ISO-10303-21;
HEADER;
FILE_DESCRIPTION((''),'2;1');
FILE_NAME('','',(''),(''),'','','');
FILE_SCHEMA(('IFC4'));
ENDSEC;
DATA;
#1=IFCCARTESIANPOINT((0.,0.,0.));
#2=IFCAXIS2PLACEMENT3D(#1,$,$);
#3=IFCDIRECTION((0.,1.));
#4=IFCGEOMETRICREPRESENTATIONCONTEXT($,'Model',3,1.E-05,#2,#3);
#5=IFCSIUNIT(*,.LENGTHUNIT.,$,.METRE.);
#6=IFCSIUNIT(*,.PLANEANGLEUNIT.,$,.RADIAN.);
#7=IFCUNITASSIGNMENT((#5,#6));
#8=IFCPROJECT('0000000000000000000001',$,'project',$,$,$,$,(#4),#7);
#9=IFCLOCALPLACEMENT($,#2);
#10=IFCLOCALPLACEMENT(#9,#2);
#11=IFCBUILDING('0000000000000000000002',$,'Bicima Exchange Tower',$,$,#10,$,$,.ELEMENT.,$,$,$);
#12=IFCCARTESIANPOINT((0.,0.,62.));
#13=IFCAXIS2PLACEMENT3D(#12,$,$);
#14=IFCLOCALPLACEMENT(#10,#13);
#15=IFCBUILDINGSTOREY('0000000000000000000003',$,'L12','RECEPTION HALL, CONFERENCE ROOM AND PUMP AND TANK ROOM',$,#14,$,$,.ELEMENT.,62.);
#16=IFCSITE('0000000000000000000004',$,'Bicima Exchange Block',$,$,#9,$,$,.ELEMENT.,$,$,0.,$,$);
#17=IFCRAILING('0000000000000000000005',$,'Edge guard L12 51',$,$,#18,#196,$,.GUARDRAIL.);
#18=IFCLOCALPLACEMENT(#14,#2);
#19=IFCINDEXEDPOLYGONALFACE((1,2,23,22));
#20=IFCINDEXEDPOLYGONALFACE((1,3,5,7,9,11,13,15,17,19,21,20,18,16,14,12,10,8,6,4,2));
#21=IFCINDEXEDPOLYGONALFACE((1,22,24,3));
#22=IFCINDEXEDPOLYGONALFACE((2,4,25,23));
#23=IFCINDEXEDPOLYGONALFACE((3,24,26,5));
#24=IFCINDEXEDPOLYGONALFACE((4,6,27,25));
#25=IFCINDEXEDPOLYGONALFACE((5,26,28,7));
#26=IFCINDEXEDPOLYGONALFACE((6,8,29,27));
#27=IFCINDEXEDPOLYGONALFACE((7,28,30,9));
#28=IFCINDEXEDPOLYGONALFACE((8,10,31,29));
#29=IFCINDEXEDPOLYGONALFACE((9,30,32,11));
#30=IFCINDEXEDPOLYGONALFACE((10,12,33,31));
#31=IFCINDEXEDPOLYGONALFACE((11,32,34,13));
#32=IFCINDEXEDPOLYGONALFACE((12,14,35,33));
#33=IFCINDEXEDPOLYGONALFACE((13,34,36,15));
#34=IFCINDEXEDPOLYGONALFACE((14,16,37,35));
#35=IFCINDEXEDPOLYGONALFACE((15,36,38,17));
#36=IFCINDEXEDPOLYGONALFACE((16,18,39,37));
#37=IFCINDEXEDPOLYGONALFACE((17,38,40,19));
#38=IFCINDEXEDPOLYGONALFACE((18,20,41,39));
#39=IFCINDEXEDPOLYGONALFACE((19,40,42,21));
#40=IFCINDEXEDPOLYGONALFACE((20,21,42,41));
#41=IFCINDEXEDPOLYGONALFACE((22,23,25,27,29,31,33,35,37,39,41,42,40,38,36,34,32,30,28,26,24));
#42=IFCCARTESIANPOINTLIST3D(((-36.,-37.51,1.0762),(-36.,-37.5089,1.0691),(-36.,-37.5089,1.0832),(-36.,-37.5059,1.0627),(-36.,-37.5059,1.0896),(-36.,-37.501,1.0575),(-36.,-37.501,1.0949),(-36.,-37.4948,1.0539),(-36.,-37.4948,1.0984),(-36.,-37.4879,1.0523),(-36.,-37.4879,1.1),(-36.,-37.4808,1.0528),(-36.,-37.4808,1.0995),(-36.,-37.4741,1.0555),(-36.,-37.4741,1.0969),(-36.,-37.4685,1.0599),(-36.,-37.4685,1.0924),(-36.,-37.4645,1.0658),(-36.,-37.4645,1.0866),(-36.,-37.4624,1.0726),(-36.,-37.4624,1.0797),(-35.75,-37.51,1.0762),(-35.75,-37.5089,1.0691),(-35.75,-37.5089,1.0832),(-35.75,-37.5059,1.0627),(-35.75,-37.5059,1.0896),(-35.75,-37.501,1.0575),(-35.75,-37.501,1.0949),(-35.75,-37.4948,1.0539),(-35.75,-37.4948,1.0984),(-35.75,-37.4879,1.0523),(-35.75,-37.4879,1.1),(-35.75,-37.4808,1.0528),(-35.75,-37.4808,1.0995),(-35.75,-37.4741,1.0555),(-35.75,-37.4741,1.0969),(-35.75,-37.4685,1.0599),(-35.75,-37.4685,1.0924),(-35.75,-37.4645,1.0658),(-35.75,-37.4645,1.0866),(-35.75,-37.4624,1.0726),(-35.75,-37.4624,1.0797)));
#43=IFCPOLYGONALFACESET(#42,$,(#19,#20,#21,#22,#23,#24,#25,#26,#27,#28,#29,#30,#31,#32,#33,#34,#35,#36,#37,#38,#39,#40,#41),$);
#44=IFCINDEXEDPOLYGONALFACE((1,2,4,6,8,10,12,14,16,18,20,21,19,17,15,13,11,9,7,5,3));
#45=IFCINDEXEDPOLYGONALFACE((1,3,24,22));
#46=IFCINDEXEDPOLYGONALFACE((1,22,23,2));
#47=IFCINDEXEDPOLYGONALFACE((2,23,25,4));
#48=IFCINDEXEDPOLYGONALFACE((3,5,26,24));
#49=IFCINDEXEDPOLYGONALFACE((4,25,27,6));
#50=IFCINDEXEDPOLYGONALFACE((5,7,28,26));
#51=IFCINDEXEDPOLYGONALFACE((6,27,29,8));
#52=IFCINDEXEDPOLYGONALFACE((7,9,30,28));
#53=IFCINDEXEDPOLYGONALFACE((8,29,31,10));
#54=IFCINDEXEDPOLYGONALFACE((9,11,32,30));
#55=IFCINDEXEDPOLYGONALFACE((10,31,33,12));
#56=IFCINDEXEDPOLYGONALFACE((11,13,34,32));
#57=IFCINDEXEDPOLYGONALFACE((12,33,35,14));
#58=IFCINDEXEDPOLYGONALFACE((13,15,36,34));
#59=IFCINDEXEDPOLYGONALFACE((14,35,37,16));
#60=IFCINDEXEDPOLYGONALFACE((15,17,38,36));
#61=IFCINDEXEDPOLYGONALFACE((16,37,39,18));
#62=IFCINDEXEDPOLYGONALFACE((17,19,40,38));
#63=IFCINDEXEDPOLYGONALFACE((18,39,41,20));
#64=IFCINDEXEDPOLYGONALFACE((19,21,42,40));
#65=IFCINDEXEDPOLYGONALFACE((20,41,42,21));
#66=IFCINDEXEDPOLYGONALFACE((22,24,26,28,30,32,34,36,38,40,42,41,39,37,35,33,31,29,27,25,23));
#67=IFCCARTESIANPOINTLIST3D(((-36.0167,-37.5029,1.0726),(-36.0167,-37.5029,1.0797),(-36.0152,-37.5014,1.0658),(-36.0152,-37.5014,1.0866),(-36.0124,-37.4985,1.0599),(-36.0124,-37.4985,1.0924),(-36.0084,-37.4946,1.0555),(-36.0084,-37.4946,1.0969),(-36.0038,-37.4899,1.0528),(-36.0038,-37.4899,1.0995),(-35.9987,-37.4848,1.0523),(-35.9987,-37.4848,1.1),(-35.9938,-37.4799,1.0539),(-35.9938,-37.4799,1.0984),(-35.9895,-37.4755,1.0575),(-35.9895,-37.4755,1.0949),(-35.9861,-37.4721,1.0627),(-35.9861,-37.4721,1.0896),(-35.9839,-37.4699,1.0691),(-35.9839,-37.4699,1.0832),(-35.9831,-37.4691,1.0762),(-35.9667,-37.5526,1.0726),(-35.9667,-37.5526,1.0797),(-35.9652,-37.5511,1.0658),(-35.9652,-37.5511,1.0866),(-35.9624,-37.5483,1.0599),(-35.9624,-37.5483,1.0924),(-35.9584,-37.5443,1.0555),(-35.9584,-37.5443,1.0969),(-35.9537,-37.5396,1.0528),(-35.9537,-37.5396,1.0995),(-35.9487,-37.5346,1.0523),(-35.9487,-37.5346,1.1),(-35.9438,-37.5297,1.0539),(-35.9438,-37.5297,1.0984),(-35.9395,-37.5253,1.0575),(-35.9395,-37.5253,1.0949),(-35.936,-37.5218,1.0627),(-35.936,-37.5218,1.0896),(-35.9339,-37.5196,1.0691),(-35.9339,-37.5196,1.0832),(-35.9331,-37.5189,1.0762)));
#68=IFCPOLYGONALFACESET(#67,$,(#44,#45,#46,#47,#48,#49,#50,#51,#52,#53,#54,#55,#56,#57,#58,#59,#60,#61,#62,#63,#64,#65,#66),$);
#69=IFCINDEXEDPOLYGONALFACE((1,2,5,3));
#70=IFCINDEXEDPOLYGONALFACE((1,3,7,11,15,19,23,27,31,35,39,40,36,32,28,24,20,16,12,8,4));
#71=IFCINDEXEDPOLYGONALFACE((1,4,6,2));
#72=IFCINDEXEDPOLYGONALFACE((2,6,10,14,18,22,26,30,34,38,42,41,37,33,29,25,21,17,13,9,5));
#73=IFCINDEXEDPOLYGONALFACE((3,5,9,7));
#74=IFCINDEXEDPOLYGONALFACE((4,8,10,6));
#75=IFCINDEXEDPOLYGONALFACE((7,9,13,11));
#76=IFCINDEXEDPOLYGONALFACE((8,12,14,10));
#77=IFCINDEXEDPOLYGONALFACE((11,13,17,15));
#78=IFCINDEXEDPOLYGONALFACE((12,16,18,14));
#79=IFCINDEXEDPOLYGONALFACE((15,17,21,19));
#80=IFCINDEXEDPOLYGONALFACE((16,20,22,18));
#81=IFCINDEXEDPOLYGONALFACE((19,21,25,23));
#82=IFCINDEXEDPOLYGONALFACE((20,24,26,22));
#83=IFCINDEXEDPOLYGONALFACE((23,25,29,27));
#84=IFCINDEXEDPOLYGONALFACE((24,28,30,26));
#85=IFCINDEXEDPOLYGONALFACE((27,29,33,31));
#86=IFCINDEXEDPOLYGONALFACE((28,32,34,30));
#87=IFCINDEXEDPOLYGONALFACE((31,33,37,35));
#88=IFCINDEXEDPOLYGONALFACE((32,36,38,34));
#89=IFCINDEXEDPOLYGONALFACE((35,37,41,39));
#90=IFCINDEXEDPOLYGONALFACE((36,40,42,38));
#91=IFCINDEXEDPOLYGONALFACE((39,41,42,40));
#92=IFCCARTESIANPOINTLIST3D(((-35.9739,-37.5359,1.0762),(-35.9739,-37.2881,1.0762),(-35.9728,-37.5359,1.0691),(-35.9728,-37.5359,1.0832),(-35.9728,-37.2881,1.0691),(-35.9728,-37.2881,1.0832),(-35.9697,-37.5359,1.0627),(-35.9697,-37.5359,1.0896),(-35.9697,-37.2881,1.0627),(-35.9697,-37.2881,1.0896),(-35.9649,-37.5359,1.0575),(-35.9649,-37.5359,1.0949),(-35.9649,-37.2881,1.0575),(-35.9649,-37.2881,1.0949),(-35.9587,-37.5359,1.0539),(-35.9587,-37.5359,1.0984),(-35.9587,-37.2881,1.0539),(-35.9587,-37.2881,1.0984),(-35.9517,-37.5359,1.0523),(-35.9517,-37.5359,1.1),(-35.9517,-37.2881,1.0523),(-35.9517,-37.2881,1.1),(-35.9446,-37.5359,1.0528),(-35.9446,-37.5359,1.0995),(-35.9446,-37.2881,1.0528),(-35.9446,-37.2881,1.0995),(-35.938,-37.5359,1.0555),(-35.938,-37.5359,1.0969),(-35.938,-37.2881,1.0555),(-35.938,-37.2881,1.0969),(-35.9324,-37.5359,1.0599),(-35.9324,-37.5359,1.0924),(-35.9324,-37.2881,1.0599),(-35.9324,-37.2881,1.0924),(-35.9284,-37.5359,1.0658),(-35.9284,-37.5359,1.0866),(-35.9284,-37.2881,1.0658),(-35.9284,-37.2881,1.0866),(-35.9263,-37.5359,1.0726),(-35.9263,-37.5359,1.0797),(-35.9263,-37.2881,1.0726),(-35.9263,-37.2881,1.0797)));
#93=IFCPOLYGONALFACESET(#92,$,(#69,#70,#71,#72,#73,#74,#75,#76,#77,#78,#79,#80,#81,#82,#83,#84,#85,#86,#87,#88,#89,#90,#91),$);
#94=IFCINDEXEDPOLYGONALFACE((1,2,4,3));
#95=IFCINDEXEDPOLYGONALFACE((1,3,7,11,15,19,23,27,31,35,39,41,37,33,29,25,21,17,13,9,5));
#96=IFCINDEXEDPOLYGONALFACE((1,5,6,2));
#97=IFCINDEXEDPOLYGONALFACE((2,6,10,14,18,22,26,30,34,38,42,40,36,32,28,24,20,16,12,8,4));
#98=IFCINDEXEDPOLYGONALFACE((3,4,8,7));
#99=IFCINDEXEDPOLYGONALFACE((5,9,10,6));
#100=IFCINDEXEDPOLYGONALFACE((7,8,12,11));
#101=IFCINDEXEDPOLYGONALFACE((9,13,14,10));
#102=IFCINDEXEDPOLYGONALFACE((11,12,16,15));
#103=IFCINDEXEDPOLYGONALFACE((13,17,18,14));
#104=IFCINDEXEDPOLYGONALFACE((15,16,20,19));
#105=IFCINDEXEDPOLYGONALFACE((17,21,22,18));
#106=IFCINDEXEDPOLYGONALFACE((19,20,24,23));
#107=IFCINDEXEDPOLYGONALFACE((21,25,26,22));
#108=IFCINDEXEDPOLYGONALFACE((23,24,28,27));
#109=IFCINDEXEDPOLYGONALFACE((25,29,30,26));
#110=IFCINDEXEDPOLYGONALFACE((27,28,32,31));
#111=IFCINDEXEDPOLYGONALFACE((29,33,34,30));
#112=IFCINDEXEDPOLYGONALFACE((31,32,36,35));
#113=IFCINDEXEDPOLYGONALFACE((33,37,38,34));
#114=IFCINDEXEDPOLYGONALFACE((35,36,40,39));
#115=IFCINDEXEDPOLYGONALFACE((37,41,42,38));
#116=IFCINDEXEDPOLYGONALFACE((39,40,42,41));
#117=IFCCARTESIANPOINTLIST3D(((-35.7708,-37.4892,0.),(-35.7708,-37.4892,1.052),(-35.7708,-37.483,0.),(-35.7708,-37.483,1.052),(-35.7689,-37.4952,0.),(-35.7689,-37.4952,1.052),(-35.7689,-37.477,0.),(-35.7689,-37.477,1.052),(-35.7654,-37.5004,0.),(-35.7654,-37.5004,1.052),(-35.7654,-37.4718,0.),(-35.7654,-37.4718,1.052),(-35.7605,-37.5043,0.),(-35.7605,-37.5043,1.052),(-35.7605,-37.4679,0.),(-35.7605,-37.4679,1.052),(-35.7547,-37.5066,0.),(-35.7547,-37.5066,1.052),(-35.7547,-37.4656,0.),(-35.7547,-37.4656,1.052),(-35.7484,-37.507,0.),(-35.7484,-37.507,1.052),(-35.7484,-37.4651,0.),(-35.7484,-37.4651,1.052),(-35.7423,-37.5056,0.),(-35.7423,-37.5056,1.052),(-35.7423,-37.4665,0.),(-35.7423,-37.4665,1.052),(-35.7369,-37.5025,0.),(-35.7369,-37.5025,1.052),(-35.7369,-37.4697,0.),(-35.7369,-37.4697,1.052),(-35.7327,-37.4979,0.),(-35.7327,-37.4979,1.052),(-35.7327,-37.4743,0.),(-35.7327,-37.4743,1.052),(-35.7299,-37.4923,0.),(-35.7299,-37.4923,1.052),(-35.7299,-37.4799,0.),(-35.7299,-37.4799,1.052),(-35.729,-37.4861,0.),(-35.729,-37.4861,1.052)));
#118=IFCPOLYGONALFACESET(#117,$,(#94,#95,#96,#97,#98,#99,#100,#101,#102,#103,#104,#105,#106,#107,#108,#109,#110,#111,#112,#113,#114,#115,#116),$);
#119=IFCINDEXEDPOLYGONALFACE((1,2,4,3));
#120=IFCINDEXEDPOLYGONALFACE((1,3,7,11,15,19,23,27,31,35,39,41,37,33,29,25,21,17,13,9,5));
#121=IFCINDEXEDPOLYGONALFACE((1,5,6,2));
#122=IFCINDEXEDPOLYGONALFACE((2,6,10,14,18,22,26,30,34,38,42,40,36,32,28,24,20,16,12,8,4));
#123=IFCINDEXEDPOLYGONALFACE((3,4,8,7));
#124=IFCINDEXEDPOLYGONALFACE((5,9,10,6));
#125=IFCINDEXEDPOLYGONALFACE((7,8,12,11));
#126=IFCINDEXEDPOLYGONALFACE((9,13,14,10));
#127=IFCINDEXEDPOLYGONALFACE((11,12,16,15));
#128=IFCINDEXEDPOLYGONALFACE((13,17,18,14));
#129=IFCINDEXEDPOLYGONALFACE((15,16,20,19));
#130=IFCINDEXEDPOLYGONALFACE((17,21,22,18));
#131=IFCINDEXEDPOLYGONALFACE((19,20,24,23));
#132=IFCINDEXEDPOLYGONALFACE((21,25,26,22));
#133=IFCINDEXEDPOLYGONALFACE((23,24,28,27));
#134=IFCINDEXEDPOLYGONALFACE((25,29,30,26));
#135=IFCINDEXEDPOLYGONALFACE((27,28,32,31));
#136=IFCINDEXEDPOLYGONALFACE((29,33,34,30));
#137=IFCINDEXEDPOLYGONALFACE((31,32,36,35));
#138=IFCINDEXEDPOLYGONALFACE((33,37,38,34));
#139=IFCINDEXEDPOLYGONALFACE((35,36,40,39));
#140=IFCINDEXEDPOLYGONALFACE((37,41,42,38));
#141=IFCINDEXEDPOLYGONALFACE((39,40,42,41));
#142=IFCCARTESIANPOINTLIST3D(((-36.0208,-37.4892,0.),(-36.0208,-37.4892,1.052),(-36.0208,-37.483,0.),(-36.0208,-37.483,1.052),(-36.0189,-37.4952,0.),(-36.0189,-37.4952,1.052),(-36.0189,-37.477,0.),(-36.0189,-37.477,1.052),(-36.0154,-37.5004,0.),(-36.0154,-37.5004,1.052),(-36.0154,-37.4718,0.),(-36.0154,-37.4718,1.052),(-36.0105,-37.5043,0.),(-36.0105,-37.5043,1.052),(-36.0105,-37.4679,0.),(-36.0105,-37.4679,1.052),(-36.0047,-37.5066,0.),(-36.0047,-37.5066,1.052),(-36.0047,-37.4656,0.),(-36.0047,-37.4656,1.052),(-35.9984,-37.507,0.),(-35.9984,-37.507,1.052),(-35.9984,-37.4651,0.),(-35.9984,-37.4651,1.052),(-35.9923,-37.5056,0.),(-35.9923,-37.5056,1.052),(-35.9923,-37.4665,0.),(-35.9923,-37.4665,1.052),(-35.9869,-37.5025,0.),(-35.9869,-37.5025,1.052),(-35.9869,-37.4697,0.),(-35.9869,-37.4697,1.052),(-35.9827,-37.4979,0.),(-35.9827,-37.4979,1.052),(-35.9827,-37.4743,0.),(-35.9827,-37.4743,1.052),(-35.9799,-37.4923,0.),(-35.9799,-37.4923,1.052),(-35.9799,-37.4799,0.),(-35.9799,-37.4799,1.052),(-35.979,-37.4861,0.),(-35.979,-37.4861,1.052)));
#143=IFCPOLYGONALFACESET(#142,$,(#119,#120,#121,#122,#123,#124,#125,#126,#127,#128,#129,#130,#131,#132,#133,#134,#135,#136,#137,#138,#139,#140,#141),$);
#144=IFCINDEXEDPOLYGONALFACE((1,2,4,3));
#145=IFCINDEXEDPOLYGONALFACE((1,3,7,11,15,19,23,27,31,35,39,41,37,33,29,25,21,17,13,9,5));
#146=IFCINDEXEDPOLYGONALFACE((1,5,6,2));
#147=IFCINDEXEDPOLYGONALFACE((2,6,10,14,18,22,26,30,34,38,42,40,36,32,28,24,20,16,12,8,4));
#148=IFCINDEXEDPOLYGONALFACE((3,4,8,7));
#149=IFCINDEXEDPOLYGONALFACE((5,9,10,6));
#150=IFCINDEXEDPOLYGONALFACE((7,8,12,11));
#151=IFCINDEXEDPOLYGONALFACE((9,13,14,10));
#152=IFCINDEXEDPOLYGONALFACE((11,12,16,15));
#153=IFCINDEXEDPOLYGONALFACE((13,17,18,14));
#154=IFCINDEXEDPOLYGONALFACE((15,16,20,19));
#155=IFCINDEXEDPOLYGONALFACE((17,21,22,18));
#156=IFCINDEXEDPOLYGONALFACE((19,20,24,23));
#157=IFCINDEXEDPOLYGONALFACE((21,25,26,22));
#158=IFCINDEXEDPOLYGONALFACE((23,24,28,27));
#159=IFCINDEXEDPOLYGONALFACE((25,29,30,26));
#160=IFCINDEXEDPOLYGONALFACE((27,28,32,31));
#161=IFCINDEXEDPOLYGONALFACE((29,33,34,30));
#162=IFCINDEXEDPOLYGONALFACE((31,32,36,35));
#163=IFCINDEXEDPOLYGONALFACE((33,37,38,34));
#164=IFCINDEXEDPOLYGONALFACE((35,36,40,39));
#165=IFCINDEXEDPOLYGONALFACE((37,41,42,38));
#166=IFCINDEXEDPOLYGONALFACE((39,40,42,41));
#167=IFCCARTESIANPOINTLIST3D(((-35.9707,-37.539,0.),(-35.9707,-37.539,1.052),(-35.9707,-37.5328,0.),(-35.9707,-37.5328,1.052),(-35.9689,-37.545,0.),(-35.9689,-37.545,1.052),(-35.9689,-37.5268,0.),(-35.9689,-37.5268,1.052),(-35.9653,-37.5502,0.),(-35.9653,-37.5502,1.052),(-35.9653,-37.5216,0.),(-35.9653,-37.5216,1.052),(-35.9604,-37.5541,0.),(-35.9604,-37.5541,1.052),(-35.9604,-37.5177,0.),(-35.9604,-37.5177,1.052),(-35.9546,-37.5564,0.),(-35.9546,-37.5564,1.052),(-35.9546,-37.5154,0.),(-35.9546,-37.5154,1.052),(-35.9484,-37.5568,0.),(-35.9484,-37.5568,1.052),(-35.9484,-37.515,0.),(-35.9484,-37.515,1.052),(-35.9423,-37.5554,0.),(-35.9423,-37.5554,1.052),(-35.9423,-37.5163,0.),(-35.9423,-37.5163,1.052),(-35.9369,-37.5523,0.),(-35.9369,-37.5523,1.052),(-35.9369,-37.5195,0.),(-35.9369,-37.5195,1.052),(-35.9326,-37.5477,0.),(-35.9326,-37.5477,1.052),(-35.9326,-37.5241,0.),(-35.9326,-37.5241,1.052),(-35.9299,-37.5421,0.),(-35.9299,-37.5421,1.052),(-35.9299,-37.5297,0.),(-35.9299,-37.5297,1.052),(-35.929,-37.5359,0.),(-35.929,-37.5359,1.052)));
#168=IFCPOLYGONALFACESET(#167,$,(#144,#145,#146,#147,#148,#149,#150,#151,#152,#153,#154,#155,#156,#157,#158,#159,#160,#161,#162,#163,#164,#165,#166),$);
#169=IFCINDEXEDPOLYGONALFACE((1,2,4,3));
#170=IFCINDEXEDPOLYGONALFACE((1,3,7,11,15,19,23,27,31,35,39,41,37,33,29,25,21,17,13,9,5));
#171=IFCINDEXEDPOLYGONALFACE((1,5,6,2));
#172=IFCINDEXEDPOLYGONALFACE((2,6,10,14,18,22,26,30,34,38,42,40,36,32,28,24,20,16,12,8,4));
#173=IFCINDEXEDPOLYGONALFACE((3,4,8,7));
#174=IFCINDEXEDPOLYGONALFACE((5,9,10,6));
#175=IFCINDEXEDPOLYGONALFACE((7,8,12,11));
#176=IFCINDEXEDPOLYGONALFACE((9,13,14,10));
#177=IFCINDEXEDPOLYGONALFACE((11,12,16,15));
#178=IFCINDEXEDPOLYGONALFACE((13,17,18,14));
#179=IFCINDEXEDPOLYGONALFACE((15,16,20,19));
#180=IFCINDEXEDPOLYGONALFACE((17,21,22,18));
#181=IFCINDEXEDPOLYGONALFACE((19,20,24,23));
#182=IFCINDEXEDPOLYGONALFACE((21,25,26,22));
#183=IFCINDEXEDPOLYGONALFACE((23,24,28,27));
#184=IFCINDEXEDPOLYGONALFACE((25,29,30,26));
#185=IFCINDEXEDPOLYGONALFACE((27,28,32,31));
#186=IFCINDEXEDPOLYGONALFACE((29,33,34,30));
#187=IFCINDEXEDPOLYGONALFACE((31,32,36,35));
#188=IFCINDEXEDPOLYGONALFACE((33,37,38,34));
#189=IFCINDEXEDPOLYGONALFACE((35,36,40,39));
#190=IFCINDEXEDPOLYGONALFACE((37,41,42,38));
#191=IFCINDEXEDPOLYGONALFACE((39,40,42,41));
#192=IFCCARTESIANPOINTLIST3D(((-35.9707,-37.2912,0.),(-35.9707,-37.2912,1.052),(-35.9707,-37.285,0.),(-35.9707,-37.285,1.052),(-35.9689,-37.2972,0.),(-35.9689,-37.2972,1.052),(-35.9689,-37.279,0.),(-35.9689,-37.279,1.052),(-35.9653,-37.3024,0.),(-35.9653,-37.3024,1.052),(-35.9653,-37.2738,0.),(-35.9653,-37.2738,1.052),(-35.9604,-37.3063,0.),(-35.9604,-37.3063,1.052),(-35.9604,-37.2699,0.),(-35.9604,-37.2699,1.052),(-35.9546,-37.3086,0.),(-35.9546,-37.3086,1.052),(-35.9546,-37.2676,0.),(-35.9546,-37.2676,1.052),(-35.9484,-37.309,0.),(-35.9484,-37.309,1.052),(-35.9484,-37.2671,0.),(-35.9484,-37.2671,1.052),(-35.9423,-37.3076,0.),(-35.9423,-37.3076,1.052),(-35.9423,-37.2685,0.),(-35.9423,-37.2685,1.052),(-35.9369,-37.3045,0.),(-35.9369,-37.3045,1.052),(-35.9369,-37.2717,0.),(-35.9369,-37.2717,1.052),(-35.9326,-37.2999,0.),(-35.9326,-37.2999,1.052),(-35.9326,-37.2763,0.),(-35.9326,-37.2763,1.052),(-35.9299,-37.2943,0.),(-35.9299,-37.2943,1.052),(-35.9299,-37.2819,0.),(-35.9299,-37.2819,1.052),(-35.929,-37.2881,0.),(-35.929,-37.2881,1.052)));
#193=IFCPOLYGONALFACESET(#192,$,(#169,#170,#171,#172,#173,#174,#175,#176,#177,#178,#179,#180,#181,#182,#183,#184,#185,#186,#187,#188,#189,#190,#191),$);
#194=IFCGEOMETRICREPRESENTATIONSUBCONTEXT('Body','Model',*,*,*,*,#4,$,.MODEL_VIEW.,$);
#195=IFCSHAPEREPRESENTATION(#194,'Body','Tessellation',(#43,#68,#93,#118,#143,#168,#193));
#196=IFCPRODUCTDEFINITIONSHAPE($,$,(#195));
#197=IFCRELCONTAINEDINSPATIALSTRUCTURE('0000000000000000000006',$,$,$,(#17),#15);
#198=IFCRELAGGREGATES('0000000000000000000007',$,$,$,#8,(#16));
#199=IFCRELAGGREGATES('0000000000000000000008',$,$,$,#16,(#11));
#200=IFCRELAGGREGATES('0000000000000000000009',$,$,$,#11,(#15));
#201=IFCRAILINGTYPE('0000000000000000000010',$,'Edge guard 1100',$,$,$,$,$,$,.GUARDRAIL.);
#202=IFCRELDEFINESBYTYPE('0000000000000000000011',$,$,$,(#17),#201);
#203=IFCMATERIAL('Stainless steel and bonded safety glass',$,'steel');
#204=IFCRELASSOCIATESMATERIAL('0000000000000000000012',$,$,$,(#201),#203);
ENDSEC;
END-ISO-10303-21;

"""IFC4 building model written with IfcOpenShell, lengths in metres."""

from ifc_helpers import new_model, si_unit, direction, frame, origin, origin_2d, place, context, subcontext, project, spatial, circle, extrude, material, type_object, element, save


model = new_model("IFC4")

# Units and contexts
model_context = context("Model", 3, precision=1e-05, world=origin(), true_north=direction((0.0, 1.0)))
body_context = subcontext(model_context, "Body", "Model", "MODEL_VIEW")
ifc_project = project(units=[si_unit("LENGTHUNIT", "METRE"), si_unit("PLANEANGLEUNIT", "RADIAN")], contexts=[model_context])

# Site, building, storey
site_placement = place(None, origin())
site = spatial("IfcSite", under=ifc_project, at=site_placement, Name="Bicima Exchange Block", CompositionType="ELEMENT", RefElevation=0.0)
building_placement = place(site_placement, origin())
building = spatial("IfcBuilding", under=site, at=building_placement, Name="Bicima Exchange Tower", CompositionType="ELEMENT")
storey_placement = place(building_placement, frame((0.0, 0.0, 62.0)))
storey = spatial("IfcBuildingStorey", under=building, at=storey_placement, Name="L12", Description="RECEPTION HALL, CONFERENCE ROOM AND PUMP AND TANK ROOM", CompositionType="ELEMENT", Elevation=62.0)

# Railing
ifc_material_1 = material(Name="Stainless steel and bonded safety glass", Category="steel")
railing_type = type_object("IfcRailingType", Name="Edge guard 1100", PredefinedType="GUARDRAIL", material=ifc_material_1)
railing_1_placement = place(storey_placement, frame((-35.75, -37.4861, 0.0)))
element("IfcRailing", 1, at=railing_1_placement, inside=storey, type_object=railing_type, Name="Edge guard L12 51", PredefinedType="GUARDRAIL", context=body_context, shape_type="SweptSolid", body=[
    extrude(circle(Radius=0.0239, at=origin_2d()), frame((0.0, 0.0, 1.0762), z_axis=(-1.0, 0.0, 0.0), x_axis=(0.0, -1.0, 0.0)), (0.0, 0.0, 1.0), 0.25),
    extrude(circle(Radius=0.0239, at=origin_2d()), frame((-0.25, 0.0, 1.0762), z_axis=(0.708834, -0.705376, 0.0), x_axis=(0.705376, 0.708834, 0.0)), (0.0, 0.0, 1.0), 0.0706),
    extrude(circle(Radius=0.0239, at=origin_2d()), frame((-0.2, -0.0498, 1.0762), z_axis=(0.0, 1.0, 0.0), x_axis=(-1.0, 0.0, 0.0)), (0.0, 0.0, 1.0), 0.2478),
    extrude(circle(Radius=0.021, at=origin_2d()), origin(), (0.0, 0.0, 1.0), 1.052),
    extrude(circle(Radius=0.021, at=origin_2d()), frame((-0.25, 0.0, 0.0)), (0.0, 0.0, 1.0), 1.052),
    extrude(circle(Radius=0.021, at=origin_2d()), frame((-0.2, -0.0498, 0.0)), (0.0, 0.0, 1.0), 1.052),
    extrude(circle(Radius=0.021, at=origin_2d()), frame((-0.2, 0.198, 0.0)), (0.0, 0.0, 1.0), 1.052),
])

save(model, "model.ifc")
